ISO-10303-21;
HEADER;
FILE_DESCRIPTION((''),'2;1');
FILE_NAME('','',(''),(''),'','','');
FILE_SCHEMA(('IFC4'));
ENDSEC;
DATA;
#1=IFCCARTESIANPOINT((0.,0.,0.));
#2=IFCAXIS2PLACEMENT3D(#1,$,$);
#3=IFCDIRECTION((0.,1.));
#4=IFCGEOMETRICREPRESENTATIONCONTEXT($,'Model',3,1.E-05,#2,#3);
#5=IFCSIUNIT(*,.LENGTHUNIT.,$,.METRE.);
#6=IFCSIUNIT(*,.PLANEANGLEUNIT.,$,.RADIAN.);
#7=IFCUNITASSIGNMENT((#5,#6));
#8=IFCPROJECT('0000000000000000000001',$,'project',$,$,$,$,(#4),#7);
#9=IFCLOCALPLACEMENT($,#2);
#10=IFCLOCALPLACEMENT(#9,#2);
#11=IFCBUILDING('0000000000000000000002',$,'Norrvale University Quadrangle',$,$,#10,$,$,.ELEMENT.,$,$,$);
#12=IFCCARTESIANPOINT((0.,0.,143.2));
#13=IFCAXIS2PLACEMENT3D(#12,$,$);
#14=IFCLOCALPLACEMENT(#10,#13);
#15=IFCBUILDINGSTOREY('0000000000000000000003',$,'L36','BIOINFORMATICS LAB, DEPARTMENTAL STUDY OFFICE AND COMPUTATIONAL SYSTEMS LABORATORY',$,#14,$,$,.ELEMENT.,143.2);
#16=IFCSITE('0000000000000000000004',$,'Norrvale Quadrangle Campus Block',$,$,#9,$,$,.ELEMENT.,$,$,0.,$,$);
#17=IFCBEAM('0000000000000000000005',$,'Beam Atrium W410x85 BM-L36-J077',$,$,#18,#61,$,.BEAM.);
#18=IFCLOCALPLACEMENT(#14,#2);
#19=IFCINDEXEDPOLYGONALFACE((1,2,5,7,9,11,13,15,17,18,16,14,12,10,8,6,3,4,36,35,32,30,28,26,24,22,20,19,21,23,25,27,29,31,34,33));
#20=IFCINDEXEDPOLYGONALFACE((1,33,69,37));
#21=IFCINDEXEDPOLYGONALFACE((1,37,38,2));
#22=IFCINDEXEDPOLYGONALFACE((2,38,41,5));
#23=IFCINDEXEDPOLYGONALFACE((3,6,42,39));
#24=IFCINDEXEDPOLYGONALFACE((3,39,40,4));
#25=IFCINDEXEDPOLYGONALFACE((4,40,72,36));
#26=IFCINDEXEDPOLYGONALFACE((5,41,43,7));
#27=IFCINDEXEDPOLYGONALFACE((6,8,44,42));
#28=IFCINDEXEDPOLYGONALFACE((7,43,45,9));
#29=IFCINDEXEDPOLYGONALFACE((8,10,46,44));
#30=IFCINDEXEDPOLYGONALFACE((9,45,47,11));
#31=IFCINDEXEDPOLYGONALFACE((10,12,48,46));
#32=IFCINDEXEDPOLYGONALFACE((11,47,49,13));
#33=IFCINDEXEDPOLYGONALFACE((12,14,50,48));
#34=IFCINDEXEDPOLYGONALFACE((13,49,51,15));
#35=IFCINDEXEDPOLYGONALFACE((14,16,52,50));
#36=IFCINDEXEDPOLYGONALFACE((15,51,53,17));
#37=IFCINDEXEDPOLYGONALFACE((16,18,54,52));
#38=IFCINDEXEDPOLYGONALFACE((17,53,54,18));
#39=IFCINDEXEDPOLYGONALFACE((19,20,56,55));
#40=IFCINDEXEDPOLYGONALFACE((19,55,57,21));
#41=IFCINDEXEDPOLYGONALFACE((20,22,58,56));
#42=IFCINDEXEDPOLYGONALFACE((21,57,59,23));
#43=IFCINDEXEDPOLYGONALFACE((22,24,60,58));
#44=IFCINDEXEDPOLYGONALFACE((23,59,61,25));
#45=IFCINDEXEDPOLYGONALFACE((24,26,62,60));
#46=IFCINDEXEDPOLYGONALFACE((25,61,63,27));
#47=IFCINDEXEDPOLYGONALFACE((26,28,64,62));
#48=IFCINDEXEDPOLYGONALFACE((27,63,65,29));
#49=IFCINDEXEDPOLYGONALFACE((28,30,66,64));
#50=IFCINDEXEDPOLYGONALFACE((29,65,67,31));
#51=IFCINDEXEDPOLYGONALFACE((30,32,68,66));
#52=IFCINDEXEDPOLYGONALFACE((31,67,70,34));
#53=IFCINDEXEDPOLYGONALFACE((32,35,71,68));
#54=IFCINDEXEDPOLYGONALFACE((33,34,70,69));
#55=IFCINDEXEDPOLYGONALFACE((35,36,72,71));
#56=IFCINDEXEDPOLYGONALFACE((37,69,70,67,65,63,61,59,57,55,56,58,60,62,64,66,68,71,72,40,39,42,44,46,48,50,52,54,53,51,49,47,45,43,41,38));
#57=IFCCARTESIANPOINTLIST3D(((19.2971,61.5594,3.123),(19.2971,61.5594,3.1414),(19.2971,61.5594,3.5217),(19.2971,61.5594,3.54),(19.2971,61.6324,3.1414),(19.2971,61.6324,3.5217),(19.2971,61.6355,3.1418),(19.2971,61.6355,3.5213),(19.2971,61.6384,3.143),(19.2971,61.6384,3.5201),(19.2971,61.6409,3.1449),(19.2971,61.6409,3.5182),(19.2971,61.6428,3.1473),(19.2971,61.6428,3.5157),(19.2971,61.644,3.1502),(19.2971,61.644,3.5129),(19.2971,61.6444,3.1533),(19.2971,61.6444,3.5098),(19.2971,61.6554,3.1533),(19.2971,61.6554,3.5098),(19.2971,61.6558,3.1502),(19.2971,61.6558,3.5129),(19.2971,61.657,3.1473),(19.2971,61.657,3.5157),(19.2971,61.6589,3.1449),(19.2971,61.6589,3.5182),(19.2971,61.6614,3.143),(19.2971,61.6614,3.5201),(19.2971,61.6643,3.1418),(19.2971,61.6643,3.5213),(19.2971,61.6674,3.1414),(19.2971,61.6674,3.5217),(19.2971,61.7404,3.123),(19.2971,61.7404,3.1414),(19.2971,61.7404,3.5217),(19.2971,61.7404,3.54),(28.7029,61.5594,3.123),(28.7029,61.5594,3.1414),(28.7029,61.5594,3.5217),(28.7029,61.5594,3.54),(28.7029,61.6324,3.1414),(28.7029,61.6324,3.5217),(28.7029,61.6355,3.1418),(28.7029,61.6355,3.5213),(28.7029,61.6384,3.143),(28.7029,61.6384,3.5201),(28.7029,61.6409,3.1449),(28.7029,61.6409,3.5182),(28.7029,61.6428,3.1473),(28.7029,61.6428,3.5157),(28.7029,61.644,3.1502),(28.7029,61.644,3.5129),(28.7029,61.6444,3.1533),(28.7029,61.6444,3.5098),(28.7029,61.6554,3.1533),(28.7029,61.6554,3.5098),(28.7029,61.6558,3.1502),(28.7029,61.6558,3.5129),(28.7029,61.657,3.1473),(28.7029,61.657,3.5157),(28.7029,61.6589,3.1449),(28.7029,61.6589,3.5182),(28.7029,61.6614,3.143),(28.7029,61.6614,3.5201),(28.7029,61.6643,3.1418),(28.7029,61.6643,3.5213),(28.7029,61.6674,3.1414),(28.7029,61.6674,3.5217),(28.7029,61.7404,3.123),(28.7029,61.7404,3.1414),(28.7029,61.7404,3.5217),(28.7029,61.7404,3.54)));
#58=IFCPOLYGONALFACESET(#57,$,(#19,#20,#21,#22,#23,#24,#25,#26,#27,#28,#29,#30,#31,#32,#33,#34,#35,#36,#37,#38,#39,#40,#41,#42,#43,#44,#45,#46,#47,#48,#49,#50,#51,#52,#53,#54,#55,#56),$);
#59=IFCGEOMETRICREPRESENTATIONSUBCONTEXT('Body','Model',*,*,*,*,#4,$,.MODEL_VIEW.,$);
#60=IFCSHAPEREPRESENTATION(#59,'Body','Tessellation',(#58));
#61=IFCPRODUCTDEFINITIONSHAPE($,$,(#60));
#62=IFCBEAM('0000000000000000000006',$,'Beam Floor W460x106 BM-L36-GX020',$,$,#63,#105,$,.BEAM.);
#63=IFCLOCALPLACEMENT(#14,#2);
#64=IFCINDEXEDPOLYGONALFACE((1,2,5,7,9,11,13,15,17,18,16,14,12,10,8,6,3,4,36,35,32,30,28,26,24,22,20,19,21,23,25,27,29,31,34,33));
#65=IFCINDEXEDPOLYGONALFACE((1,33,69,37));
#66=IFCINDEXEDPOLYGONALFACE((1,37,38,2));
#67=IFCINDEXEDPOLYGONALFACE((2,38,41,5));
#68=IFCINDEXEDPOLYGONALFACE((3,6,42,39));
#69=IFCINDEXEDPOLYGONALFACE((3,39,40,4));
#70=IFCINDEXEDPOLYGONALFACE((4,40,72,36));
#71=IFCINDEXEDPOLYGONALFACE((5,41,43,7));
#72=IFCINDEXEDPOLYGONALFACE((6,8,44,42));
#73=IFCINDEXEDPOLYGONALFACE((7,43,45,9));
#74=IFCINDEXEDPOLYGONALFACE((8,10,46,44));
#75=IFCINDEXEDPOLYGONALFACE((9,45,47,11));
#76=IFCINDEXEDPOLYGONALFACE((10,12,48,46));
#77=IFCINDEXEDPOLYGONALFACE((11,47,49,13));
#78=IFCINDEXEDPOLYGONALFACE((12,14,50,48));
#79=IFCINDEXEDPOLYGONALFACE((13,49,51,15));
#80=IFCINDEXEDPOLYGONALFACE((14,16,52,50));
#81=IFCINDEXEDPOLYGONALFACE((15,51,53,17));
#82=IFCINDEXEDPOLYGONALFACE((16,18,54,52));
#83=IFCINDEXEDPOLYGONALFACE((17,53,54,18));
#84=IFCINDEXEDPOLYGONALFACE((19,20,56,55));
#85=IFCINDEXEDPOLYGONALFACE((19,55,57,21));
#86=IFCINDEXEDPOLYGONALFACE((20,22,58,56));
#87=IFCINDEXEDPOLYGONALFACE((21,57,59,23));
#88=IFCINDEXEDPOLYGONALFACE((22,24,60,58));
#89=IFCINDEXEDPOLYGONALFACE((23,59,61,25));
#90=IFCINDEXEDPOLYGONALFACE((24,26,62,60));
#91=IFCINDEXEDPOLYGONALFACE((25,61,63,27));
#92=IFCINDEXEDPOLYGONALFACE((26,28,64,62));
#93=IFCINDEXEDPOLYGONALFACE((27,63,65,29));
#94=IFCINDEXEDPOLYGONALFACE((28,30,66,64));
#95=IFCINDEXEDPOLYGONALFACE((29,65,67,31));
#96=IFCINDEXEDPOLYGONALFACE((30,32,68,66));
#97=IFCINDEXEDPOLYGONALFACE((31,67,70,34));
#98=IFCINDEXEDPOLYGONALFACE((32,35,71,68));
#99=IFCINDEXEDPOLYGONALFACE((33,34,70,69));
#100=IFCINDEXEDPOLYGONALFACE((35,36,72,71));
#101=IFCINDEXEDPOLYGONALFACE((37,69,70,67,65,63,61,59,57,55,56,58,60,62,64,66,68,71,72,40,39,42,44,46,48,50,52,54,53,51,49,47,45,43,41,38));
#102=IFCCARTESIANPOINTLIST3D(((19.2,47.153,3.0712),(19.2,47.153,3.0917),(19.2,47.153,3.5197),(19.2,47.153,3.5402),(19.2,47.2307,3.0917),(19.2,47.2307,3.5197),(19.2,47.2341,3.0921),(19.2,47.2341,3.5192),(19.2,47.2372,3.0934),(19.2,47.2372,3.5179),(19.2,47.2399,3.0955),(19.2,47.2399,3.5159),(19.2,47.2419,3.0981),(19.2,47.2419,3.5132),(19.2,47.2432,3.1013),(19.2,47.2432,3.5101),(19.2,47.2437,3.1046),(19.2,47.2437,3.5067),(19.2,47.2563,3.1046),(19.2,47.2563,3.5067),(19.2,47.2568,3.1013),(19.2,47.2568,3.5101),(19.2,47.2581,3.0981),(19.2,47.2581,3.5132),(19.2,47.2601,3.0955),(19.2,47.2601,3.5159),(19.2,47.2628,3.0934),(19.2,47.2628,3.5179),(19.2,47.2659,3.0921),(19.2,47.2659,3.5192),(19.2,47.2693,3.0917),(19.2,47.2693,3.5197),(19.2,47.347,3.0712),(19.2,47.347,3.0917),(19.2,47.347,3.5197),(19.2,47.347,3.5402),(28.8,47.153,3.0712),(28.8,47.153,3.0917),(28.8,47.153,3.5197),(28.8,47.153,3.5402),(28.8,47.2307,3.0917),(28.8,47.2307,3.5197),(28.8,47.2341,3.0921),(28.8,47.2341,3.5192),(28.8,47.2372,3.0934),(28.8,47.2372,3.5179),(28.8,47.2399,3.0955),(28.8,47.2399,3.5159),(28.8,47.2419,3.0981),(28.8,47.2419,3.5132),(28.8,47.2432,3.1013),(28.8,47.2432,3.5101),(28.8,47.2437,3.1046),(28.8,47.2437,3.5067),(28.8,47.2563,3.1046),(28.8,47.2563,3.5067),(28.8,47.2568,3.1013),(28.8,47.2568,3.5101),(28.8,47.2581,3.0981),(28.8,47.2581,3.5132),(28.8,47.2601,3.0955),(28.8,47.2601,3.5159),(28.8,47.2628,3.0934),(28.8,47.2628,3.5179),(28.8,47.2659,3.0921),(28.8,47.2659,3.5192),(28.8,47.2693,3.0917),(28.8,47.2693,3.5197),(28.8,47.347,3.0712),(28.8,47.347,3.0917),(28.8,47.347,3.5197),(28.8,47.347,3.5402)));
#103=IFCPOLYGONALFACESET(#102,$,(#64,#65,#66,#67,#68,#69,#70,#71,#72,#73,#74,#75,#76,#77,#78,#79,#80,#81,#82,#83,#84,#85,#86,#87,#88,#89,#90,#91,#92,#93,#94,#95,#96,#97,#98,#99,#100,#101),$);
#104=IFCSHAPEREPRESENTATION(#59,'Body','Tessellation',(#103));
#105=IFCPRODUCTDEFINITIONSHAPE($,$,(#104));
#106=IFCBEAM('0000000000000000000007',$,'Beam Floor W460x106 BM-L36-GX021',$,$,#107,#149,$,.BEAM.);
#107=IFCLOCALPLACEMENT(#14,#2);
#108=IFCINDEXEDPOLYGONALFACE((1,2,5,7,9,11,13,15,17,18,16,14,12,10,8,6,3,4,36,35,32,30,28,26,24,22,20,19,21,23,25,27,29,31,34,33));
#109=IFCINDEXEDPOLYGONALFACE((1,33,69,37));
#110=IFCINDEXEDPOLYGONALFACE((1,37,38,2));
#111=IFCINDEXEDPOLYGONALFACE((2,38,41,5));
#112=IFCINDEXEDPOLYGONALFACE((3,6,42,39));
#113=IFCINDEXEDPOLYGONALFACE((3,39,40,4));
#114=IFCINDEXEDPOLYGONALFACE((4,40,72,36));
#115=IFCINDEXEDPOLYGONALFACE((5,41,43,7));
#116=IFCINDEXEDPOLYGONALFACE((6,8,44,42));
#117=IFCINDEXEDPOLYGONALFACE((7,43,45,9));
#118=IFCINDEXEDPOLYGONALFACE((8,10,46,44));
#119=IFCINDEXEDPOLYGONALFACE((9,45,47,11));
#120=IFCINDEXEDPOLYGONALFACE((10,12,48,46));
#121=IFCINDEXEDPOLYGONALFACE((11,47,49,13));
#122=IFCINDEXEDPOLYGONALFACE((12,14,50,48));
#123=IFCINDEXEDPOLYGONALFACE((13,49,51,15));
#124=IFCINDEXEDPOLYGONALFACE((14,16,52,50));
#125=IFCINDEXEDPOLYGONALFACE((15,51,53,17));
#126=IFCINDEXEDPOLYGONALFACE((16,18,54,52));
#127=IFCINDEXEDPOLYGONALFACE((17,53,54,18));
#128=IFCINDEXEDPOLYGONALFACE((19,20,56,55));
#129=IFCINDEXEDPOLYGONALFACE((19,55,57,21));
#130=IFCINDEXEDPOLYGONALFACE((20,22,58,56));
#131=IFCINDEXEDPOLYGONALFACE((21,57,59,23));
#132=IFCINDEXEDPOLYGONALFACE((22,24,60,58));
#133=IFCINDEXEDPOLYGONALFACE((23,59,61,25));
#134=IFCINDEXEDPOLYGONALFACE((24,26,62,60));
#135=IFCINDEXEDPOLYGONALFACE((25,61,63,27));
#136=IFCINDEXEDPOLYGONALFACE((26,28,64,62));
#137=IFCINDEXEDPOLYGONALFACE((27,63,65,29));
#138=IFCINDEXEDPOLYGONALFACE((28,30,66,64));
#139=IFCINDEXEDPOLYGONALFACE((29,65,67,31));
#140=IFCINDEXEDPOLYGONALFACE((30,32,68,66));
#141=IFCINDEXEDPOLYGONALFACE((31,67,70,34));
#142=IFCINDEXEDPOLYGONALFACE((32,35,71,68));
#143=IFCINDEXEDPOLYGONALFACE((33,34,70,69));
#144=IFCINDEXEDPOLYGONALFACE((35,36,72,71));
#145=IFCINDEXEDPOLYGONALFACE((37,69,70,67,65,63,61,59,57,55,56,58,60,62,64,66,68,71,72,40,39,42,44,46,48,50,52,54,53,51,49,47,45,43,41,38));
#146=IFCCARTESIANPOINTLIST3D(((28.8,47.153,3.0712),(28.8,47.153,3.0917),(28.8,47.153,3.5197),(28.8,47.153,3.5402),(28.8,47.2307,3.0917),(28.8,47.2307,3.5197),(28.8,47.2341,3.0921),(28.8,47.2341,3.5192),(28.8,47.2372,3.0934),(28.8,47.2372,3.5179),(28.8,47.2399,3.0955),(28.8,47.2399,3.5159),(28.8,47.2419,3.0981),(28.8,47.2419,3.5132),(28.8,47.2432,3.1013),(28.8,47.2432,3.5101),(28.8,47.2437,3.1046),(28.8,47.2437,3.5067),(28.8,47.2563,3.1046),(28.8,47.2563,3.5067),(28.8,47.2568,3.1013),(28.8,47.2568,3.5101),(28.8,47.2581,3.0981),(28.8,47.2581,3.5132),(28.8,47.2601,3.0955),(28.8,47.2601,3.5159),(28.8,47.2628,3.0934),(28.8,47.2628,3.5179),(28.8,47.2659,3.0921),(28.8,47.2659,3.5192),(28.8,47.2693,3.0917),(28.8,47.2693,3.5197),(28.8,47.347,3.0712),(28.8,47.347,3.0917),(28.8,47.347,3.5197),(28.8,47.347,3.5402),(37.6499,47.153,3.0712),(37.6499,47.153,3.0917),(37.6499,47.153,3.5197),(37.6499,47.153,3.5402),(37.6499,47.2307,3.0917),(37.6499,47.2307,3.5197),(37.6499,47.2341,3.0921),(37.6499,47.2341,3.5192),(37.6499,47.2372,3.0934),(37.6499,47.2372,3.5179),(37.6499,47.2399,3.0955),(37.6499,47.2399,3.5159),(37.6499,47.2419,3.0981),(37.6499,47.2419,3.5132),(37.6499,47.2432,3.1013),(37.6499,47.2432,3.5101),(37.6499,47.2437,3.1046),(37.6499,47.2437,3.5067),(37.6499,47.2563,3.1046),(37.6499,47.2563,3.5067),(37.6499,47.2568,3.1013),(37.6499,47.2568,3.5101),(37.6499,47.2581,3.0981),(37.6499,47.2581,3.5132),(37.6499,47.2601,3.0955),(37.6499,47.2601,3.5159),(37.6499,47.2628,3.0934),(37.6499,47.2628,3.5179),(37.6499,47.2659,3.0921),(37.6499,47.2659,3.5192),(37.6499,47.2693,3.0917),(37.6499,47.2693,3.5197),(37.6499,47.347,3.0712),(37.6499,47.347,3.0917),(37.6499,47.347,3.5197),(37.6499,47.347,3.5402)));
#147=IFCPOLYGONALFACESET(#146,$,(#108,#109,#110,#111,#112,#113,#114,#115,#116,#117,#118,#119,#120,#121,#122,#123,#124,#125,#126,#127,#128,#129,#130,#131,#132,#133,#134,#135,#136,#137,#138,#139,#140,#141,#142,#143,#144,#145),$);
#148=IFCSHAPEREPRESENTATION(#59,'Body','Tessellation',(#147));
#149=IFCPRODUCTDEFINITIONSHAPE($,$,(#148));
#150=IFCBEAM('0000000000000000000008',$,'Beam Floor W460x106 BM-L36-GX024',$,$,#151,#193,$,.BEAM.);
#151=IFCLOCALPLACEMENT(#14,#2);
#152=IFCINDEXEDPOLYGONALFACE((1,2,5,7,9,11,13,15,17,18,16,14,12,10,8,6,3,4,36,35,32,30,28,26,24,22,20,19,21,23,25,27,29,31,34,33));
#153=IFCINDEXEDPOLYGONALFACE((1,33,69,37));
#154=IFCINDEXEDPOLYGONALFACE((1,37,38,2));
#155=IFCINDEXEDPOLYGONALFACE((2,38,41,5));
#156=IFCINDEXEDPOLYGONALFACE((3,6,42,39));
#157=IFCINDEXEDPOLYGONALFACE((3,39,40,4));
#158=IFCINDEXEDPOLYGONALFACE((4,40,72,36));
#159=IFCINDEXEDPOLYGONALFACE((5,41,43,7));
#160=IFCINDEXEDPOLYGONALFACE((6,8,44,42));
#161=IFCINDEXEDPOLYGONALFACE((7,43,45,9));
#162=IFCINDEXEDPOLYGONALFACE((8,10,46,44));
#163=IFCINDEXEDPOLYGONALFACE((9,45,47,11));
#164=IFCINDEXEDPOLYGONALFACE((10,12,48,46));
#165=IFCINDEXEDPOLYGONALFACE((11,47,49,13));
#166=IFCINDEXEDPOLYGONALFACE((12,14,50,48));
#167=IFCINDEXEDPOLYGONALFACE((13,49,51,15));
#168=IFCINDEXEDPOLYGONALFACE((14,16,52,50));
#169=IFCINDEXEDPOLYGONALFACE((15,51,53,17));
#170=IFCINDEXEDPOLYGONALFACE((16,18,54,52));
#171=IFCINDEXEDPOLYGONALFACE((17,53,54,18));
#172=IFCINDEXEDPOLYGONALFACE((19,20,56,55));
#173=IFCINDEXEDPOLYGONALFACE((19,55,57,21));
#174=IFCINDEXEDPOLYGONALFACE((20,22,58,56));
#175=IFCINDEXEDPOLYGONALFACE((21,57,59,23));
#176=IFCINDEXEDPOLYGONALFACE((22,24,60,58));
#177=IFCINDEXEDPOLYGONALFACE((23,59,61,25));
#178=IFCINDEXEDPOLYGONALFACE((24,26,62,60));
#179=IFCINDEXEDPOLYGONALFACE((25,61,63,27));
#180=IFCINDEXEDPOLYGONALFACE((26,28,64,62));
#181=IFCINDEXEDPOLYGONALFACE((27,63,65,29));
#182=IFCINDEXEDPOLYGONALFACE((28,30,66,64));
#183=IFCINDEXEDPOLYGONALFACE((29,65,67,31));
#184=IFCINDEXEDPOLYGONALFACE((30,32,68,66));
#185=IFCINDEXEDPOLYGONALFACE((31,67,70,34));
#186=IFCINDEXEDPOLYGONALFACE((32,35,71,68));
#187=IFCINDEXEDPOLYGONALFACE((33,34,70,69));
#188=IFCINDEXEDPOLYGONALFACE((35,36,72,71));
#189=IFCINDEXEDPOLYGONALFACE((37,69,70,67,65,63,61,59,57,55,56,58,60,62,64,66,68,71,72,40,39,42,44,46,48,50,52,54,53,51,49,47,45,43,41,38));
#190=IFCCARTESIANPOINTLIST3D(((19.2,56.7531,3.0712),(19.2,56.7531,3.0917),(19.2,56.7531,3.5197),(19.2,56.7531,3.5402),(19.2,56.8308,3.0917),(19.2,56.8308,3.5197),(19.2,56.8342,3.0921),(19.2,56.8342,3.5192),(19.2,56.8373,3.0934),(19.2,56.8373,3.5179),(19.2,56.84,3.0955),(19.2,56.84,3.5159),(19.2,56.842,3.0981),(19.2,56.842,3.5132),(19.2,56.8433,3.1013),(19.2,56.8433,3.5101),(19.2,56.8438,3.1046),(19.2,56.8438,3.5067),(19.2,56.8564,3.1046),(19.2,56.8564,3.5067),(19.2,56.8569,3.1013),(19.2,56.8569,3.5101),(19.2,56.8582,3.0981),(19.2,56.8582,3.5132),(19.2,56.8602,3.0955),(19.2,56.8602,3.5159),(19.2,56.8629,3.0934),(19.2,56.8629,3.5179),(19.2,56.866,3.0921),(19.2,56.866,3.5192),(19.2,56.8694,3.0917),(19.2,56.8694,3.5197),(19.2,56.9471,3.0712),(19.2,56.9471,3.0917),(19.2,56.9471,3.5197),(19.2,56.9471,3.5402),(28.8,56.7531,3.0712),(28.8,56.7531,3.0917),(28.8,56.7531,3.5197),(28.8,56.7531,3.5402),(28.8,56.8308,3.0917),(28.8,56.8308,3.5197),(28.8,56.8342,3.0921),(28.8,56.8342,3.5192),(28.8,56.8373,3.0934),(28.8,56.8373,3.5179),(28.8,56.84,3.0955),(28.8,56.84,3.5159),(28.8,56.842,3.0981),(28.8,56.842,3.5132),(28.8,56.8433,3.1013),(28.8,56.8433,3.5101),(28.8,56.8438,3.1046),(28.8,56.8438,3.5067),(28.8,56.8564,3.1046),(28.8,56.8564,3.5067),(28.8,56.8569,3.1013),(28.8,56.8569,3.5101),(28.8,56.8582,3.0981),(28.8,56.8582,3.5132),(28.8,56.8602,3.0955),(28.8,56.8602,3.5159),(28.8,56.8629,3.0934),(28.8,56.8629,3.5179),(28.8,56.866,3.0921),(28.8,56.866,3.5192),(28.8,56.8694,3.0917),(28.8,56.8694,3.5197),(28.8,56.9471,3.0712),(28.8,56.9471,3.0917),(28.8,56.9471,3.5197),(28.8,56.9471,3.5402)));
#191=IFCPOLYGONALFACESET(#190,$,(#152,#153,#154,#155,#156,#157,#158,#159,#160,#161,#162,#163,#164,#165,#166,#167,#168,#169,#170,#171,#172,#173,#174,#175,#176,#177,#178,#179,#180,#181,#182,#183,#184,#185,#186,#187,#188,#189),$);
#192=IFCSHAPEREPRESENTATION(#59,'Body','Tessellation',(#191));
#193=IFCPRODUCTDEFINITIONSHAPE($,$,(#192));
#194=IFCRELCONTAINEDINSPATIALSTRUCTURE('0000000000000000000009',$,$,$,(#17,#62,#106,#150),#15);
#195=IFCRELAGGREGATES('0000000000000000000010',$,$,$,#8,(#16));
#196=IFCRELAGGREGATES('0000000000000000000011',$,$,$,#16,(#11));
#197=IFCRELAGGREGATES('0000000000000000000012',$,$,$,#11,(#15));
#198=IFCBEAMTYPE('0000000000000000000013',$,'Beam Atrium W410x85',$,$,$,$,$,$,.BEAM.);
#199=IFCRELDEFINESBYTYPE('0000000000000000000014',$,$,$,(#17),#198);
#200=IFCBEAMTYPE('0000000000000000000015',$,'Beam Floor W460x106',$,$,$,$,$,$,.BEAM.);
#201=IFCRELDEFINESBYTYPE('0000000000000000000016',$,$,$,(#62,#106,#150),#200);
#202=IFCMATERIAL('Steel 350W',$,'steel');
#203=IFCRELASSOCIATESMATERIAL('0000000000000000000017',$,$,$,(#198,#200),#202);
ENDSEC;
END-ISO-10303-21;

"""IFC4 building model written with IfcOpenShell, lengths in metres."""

from ifc_helpers import new_model, si_unit, direction, frame, origin, origin_2d, place, context, subcontext, project, spatial, i_section, extrude, material, material_profile, profile_set, type_object, element, save


model = new_model("IFC4")

# Units and contexts
model_context = context("Model", 3, precision=1e-05, world=origin(), true_north=direction((0.0, 1.0)))
body_context = subcontext(model_context, "Body", "Model", "MODEL_VIEW")
ifc_project = project(units=[si_unit("LENGTHUNIT", "METRE"), si_unit("PLANEANGLEUNIT", "RADIAN")], contexts=[model_context])

# Site, building, storey
site_placement = place(None, origin())
site = spatial("IfcSite", under=ifc_project, at=site_placement, Name="Norrvale Quadrangle Campus Block", CompositionType="ELEMENT", RefElevation=0.0)
building_placement = place(site_placement, origin())
building = spatial("IfcBuilding", under=site, at=building_placement, Name="Norrvale University Quadrangle", CompositionType="ELEMENT")
storey_placement = place(building_placement, frame((0.0, 0.0, 143.2)))
storey = spatial("IfcBuildingStorey", under=building, at=storey_placement, Name="L36", Description="BIOINFORMATICS LAB, DEPARTMENTAL STUDY OFFICE AND COMPUTATIONAL SYSTEMS LABORATORY", CompositionType="ELEMENT", Elevation=143.2)

# Beams
ifc_material_1 = material(Name="Steel 350W", Category="steel")
ifc_material_profile_1 = material_profile(ifc_material_1, i_section(OverallWidth=0.1809, OverallDepth=0.417, WebThickness=0.011, FlangeThickness=0.0183, FilletRadius=0.012, at=origin_2d()), Name="Steel 350W")
ifc_profile_set_1 = profile_set([ifc_material_profile_1], Name="Steel 350W")
beam_type_1 = type_object("IfcBeamType", Name="Beam Atrium W410x85", PredefinedType="BEAM", material=ifc_profile_set_1)
for number, where, z_axis, x_axis, name in (
    (1, (19.2971, 61.6499, 3.3315), (1.0, 0.0, 0.0), (0.0, 1.0, 0.0), "Beam Atrium W410x85 BM-L36-J077"),
):
    element("IfcBeam", number, at=place(storey_placement, frame(where, z_axis=z_axis, x_axis=x_axis)), inside=storey, type_object=beam_type_1, Name=name, PredefinedType="BEAM", context=body_context, shape_type="SweptSolid", body=[
        extrude(i_section(OverallWidth=0.1809, OverallDepth=0.417, WebThickness=0.011, FlangeThickness=0.0183, FilletRadius=0.012, at=origin_2d()), origin(), (0.0, 0.0, 1.0), 9.4058),
    ])
ifc_material_profile_2 = material_profile(ifc_material_1, i_section(OverallWidth=0.1941, OverallDepth=0.469, WebThickness=0.0127, FlangeThickness=0.0205, FilletRadius=0.0129, at=origin_2d()), Name="Steel 350W")
ifc_profile_set_2 = profile_set([ifc_material_profile_2], Name="Steel 350W")
beam_type_2 = type_object("IfcBeamType", Name="Beam Floor W460x106", PredefinedType="BEAM", material=ifc_profile_set_2)
beam_1_placement = place(storey_placement, frame((19.2, 47.25, 3.3057), z_axis=(1.0, 0.0, 0.0), x_axis=(0.0, 1.0, 0.0)))
element("IfcBeam", 2, at=beam_1_placement, inside=storey, type_object=beam_type_2, Name="Beam Floor W460x106 BM-L36-GX020", PredefinedType="BEAM", context=body_context, shape_type="SweptSolid", body=[
    extrude(i_section(OverallWidth=0.1941, OverallDepth=0.469, WebThickness=0.0127, FlangeThickness=0.0205, FilletRadius=0.0129, at=origin_2d()), origin(), (0.0, 0.0, 1.0), 9.6001),
])
beam_2_placement = place(storey_placement, frame((28.8, 47.25, 3.3057), z_axis=(1.0, 0.0, 0.0), x_axis=(0.0, 1.0, 0.0)))
element("IfcBeam", 3, at=beam_2_placement, inside=storey, type_object=beam_type_2, Name="Beam Floor W460x106 BM-L36-GX021", PredefinedType="BEAM", context=body_context, shape_type="SweptSolid", body=[
    extrude(i_section(OverallWidth=0.1941, OverallDepth=0.469, WebThickness=0.0127, FlangeThickness=0.0205, FilletRadius=0.0129, at=origin_2d()), origin(), (0.0, 0.0, 1.0), 8.8499),
])
for number, where, z_axis, x_axis, name in (
    (4, (19.2, 56.8501, 3.3057), (1.0, 0.0, 0.0), (0.0, 1.0, 0.0), "Beam Floor W460x106 BM-L36-GX024"),
):
    element("IfcBeam", number, at=place(storey_placement, frame(where, z_axis=z_axis, x_axis=x_axis)), inside=storey, type_object=beam_type_2, Name=name, PredefinedType="BEAM", context=body_context, shape_type="SweptSolid", body=[
        extrude(i_section(OverallWidth=0.1941, OverallDepth=0.469, WebThickness=0.0127, FlangeThickness=0.0205, FilletRadius=0.0129, at=origin_2d()), origin(), (0.0, 0.0, 1.0), 9.6001),
    ])

save(model, "model.ifc")
